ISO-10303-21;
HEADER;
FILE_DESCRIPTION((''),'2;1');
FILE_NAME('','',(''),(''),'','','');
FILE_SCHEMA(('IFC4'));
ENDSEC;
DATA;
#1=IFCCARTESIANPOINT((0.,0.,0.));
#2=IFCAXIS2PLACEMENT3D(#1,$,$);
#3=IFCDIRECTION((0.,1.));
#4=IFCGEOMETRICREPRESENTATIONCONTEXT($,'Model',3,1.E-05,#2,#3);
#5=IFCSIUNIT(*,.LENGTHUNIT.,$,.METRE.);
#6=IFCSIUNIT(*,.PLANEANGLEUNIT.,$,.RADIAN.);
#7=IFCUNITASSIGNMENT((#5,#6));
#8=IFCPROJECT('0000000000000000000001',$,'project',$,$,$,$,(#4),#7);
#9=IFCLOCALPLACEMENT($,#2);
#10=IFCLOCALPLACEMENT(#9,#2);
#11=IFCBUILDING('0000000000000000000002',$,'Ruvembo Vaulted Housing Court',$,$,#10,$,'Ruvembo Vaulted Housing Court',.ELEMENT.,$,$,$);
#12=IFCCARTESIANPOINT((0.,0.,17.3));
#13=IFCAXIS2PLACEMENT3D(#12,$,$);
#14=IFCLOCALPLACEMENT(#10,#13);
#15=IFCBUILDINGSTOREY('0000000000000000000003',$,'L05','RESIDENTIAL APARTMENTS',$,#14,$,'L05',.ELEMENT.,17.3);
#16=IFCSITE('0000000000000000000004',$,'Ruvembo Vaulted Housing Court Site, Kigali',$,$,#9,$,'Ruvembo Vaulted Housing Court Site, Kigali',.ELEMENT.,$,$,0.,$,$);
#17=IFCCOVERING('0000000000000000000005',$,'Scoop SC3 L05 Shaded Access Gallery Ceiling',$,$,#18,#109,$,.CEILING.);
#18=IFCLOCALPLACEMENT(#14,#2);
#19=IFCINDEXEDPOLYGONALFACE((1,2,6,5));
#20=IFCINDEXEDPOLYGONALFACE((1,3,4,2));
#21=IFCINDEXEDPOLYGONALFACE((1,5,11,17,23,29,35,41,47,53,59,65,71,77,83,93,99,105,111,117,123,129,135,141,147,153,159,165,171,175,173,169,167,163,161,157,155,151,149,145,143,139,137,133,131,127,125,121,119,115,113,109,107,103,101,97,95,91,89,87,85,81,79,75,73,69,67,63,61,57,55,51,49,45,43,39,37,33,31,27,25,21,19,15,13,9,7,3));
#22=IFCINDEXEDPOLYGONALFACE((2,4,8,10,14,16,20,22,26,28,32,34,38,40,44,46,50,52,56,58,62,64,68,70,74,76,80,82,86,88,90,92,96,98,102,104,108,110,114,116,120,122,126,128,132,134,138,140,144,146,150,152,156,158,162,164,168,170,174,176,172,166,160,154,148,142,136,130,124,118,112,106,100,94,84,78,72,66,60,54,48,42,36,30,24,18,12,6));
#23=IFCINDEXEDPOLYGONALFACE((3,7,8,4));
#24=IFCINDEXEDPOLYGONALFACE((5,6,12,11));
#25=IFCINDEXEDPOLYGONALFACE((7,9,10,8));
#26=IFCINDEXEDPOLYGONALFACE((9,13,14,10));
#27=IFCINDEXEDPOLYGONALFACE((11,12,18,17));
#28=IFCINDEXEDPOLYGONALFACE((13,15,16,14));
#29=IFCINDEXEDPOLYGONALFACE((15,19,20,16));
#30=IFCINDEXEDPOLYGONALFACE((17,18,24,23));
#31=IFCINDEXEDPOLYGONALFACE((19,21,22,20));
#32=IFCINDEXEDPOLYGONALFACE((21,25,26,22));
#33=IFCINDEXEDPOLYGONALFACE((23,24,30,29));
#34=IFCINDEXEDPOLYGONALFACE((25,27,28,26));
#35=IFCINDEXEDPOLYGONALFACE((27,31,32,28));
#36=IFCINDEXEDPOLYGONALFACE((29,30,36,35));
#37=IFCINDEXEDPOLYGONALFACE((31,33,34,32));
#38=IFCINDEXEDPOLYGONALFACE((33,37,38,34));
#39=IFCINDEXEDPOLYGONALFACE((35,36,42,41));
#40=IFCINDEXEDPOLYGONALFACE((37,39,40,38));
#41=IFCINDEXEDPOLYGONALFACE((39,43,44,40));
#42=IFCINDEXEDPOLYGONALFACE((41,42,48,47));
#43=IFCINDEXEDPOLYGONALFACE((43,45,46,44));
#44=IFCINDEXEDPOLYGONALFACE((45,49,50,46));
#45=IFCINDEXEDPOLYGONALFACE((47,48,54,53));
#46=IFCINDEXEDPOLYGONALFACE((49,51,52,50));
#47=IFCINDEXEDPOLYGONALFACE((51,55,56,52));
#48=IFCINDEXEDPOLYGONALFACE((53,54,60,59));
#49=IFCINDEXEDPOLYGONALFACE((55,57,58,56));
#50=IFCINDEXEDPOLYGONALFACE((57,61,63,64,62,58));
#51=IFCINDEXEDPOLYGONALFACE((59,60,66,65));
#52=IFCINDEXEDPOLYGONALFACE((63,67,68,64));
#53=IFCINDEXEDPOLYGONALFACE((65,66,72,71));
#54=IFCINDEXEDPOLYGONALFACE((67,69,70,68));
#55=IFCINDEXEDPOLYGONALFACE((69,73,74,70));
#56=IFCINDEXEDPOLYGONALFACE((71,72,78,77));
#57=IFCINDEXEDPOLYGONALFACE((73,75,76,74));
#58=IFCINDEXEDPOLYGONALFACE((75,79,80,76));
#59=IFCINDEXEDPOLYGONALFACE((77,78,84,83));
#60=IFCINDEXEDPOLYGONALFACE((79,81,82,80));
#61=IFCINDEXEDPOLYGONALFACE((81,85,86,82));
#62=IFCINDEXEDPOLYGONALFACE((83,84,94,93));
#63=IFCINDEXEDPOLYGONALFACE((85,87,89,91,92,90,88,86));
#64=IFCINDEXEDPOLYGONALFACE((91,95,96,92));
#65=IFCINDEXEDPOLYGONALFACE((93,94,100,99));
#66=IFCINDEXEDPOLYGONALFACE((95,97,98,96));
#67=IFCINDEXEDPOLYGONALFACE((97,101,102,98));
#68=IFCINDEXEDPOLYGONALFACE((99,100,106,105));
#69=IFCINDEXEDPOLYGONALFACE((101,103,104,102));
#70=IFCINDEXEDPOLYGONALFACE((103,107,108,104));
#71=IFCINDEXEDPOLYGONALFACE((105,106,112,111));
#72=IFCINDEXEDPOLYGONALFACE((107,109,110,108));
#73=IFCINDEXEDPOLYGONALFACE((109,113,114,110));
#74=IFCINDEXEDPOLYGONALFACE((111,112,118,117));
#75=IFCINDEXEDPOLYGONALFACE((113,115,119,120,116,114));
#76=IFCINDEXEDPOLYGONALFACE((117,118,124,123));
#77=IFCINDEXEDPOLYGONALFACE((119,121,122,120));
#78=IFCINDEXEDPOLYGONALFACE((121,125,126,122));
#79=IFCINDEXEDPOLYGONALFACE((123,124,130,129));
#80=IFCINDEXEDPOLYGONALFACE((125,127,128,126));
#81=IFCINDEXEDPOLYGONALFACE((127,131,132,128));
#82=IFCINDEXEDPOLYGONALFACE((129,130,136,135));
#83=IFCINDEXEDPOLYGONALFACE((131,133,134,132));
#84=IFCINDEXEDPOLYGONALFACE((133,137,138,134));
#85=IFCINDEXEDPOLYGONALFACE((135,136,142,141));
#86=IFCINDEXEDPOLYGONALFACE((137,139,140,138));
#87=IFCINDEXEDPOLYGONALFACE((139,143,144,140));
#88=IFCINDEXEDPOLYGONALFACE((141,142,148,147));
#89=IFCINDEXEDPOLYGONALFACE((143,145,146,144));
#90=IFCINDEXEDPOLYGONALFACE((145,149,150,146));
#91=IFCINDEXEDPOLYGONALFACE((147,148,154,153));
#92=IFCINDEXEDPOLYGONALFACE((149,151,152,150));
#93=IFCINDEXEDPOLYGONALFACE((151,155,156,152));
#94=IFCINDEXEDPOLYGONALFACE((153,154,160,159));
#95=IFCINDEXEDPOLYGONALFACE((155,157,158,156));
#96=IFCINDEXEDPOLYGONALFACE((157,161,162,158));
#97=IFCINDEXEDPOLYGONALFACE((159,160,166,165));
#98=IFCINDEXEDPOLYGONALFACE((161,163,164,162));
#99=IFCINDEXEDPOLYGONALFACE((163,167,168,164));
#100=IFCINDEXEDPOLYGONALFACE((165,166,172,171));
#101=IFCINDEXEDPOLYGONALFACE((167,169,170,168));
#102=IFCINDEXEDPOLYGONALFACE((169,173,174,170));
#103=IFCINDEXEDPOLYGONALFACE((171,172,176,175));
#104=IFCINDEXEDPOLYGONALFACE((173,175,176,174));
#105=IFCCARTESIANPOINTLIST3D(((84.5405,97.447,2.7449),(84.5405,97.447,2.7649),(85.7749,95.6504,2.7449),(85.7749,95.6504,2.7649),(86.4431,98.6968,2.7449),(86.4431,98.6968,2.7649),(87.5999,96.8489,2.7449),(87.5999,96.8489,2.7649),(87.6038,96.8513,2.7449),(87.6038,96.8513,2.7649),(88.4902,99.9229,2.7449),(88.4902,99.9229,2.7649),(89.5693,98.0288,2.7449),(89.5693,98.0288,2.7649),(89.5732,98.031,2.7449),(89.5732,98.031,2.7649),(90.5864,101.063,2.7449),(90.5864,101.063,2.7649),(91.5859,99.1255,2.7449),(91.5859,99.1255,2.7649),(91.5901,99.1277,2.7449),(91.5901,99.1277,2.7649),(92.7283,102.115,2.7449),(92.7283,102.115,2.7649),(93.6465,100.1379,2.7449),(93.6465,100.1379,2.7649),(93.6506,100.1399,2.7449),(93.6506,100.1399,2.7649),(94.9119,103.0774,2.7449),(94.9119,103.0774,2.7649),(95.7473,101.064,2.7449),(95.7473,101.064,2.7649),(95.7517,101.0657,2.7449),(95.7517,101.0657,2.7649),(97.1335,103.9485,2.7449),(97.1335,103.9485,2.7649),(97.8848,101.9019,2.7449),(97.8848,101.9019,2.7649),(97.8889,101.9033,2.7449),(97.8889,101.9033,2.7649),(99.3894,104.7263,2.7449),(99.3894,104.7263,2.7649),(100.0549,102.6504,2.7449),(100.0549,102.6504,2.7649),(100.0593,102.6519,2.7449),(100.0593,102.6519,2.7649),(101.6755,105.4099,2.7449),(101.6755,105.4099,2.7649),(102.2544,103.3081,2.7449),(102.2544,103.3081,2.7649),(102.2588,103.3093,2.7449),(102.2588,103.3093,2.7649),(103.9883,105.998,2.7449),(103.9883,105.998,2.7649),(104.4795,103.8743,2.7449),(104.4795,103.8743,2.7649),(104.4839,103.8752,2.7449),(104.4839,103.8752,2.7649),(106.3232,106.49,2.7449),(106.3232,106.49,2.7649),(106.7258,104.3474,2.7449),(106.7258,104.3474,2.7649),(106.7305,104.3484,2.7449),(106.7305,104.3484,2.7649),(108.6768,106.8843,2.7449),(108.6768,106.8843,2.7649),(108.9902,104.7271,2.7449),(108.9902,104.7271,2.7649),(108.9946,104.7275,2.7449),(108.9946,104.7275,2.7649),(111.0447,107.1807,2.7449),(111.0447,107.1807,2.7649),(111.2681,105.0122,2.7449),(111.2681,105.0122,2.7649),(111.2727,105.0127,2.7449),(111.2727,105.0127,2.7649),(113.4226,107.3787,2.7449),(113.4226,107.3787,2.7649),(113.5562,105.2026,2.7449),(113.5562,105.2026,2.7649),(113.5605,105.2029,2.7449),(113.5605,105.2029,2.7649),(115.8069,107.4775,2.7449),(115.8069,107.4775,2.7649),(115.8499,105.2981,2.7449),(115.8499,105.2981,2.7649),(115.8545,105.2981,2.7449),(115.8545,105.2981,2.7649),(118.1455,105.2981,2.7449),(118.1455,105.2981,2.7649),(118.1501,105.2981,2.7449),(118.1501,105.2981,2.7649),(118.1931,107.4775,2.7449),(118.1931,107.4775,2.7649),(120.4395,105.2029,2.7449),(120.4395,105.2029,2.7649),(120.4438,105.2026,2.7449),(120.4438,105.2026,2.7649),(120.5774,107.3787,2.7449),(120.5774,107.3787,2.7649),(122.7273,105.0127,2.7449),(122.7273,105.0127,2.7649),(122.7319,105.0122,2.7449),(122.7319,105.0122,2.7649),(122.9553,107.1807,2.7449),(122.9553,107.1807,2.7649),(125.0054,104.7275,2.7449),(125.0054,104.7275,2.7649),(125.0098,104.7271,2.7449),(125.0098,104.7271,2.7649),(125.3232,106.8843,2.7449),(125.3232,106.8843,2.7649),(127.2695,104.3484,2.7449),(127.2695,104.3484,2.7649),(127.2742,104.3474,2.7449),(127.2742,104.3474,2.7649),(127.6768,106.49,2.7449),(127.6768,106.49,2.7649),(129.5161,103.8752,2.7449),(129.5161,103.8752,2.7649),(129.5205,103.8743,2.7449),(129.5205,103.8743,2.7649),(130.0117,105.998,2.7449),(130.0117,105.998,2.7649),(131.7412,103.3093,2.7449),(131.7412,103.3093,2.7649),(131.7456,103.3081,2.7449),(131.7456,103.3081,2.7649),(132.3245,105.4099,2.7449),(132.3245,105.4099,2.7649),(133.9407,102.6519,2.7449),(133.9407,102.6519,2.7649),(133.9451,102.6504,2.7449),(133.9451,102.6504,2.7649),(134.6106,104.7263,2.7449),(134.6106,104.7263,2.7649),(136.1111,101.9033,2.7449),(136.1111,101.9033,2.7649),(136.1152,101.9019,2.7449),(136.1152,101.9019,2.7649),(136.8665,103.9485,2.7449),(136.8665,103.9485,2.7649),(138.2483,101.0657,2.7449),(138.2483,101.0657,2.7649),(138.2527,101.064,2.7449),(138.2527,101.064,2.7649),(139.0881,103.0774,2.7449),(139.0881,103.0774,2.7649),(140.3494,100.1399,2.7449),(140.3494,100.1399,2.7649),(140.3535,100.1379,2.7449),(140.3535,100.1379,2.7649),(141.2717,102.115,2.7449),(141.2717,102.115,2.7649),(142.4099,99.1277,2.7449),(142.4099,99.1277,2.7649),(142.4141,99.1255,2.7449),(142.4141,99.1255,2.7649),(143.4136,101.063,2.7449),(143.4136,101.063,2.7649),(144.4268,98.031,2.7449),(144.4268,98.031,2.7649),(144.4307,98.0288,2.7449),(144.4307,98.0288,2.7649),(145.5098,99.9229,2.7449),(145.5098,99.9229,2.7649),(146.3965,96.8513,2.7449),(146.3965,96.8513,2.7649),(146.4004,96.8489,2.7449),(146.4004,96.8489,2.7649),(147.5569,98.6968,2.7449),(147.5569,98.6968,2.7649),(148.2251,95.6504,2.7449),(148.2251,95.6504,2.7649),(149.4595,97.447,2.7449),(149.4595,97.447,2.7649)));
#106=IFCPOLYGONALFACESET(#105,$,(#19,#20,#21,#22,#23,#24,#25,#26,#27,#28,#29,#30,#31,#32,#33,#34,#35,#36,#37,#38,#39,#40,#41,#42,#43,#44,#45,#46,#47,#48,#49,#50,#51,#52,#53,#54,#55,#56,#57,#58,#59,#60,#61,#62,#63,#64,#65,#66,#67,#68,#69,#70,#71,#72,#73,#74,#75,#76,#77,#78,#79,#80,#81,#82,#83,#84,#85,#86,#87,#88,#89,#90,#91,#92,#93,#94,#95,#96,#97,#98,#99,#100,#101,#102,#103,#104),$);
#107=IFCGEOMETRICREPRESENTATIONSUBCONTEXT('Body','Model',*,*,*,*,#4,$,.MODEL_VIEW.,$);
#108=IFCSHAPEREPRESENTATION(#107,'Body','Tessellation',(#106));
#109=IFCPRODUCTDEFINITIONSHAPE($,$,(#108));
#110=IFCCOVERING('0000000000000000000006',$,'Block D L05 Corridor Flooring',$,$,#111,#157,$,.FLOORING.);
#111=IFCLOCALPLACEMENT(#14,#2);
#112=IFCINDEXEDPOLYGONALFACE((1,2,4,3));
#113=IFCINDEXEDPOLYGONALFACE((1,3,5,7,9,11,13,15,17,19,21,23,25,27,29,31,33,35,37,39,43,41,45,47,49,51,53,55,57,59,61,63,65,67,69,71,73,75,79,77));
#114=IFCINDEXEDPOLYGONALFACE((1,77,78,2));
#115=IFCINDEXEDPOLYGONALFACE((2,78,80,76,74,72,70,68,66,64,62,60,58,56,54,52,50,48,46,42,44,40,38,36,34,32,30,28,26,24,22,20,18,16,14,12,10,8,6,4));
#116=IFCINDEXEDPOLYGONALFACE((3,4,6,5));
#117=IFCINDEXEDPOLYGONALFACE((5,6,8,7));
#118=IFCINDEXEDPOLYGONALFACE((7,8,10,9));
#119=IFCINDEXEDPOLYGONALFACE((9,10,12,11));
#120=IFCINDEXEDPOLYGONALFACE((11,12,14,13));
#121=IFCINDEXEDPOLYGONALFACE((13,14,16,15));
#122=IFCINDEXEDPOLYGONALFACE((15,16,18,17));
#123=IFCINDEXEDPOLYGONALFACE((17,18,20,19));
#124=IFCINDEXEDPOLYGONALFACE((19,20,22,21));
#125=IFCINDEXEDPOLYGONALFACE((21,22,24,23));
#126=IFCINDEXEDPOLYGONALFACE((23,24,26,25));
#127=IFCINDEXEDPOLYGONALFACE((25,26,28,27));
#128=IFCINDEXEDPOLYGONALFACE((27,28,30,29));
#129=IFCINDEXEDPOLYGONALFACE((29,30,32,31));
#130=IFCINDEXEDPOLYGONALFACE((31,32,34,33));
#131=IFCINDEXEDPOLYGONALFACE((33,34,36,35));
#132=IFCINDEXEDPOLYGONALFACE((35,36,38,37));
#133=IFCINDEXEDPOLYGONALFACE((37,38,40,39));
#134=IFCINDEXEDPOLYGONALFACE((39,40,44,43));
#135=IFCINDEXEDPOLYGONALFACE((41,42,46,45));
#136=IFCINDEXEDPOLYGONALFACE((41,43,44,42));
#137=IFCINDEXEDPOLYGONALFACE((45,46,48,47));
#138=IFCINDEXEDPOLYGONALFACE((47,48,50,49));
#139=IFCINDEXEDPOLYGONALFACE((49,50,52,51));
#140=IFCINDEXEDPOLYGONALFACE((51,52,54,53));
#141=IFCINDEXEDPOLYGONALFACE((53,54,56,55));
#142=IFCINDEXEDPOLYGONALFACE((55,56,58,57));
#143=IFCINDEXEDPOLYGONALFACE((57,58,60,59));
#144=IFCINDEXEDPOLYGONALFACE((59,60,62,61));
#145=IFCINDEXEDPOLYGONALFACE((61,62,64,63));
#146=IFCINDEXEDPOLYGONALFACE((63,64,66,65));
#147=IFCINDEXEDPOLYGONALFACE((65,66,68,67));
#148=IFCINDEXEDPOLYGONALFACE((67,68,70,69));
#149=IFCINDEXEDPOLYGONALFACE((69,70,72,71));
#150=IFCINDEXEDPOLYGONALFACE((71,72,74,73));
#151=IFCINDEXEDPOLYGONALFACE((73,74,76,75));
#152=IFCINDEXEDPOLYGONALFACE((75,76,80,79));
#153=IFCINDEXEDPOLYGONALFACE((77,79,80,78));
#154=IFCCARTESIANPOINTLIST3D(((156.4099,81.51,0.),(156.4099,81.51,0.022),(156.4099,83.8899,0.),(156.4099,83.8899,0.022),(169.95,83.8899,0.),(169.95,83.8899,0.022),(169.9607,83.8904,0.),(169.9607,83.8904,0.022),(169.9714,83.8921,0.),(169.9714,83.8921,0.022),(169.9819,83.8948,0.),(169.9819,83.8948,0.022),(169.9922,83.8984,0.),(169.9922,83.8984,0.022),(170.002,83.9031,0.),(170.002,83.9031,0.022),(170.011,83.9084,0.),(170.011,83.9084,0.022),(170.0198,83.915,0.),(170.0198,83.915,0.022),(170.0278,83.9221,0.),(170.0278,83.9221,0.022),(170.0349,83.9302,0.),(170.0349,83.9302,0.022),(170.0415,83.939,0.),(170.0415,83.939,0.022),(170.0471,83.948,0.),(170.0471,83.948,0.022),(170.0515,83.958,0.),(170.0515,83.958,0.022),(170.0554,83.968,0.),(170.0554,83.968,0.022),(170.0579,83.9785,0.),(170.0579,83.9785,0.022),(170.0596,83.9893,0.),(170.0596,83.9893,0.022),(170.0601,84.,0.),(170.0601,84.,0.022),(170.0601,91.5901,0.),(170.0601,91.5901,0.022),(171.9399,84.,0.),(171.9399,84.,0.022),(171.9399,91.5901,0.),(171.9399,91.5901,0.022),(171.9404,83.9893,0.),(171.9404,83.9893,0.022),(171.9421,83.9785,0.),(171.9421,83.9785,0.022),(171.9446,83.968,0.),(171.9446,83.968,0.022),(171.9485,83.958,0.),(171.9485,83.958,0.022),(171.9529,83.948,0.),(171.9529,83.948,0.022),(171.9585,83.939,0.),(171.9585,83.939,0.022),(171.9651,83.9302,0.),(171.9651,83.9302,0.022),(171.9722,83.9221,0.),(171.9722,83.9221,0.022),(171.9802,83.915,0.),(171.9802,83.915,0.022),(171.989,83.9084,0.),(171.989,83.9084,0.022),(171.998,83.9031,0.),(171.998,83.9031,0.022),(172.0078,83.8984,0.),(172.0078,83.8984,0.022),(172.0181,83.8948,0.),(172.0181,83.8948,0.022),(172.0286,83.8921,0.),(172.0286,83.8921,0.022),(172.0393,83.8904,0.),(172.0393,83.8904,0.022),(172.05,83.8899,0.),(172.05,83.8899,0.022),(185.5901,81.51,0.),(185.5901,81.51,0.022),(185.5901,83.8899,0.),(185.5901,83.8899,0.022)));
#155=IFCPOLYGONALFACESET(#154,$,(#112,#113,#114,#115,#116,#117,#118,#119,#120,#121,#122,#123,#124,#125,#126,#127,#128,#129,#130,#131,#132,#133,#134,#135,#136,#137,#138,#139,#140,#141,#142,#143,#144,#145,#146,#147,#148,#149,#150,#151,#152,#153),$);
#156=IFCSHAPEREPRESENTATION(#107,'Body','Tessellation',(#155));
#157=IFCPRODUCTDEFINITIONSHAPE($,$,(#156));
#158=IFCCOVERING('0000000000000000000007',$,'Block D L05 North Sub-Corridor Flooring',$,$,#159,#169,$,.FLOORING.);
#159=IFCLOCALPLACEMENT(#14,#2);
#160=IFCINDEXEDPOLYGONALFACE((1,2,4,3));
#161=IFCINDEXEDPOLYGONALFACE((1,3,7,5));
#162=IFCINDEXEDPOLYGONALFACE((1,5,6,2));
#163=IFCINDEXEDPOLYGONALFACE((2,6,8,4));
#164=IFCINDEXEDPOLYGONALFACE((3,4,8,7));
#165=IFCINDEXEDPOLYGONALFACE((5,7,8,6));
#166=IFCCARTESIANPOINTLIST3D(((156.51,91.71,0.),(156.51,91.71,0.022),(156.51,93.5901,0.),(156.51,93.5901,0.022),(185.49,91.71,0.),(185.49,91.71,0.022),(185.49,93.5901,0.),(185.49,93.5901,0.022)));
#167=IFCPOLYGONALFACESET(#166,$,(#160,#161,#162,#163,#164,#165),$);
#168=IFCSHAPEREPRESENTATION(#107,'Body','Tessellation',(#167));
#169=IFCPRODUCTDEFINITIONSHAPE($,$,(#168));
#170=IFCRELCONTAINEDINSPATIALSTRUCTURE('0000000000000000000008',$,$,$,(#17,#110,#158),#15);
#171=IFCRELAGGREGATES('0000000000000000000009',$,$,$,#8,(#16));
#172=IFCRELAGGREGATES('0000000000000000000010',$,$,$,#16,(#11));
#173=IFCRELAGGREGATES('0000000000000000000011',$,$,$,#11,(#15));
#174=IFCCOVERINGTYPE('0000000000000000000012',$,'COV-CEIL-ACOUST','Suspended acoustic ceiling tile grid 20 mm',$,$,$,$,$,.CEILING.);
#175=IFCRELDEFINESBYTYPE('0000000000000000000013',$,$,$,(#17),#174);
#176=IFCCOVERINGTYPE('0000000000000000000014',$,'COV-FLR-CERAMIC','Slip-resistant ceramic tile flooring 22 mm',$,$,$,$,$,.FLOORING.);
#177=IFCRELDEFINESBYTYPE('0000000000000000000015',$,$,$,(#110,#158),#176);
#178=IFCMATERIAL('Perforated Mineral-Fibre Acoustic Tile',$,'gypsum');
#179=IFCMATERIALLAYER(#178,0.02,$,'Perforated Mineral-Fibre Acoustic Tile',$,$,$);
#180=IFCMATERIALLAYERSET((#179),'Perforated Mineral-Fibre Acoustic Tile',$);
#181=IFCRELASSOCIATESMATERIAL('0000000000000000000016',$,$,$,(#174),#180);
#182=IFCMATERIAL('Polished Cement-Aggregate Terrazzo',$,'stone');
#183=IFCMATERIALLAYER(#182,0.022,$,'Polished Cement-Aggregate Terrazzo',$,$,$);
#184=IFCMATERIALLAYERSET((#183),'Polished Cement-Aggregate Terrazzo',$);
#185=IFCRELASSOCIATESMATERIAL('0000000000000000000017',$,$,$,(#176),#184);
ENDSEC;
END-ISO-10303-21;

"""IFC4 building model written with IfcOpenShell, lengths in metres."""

from ifc_helpers import new_model, si_unit, direction, frame, origin, place, context, subcontext, project, spatial, polyline, outline, extrude, material, layer, layer_set, type_object, element, save


model = new_model("IFC4")

# Units and contexts
model_context = context("Model", 3, precision=1e-05, world=origin(), true_north=direction((0.0, 1.0)))
body_context = subcontext(model_context, "Body", "Model", "MODEL_VIEW")
ifc_project = project(units=[si_unit("LENGTHUNIT", "METRE"), si_unit("PLANEANGLEUNIT", "RADIAN")], contexts=[model_context])

# Site, building, storey
site_placement = place(None, origin())
site = spatial("IfcSite", under=ifc_project, at=site_placement, Name="Ruvembo Vaulted Housing Court Site, Kigali", LongName="Ruvembo Vaulted Housing Court Site, Kigali", CompositionType="ELEMENT", RefElevation=0.0)
building_placement = place(site_placement, origin())
building = spatial("IfcBuilding", under=site, at=building_placement, Name="Ruvembo Vaulted Housing Court", LongName="Ruvembo Vaulted Housing Court", CompositionType="ELEMENT")
storey_placement = place(building_placement, frame((0.0, 0.0, 17.3)))
storey = spatial("IfcBuildingStorey", under=building, at=storey_placement, Name="L05", Description="RESIDENTIAL APARTMENTS", LongName="L05", CompositionType="ELEMENT", Elevation=17.3)

# Coverings
ifc_material_1 = material(Name="Perforated Mineral-Fibre Acoustic Tile", Category="gypsum")
ifc_layer_1 = layer(ifc_material_1, 0.02, Name="Perforated Mineral-Fibre Acoustic Tile")
ifc_layer_set_1 = layer_set([ifc_layer_1], Name="Perforated Mineral-Fibre Acoustic Tile")
covering_type_1 = type_object("IfcCoveringType", Name="COV-CEIL-ACOUST", Description="Suspended acoustic ceiling tile grid 20 mm", PredefinedType="CEILING", material=ifc_layer_set_1)
covering_1_placement = place(storey_placement, frame((0.0, 0.0, 2.7449)))
element("IfcCovering", 1, at=covering_1_placement, inside=storey, type_object=covering_type_1, Name="Scoop SC3 L05 Shaded Access Gallery Ceiling", PredefinedType="CEILING", context=body_context, shape_type="SweptSolid", body=[
    extrude(outline(polyline([(87.5999, 96.8489), (87.6038, 96.8513), (89.5693, 98.0288), (89.5732, 98.031), (91.5859, 99.1255), (91.5901, 99.1277), (93.6465, 100.1379), (93.6506, 100.1399), (95.7473, 101.064), (95.7517, 101.0657), (97.8848, 101.9019), (97.8889, 101.9033), (100.0549, 102.6504), (100.0593, 102.6519), (102.2544, 103.3081), (102.2588, 103.3093), (104.4795, 103.8743), (104.4839, 103.8752), (106.7258, 104.3474), (106.7305, 104.3484), (108.9902, 104.7271), (108.9946, 104.7275), (111.2681, 105.0122), (111.2727, 105.0127), (113.5562, 105.2026), (113.5605, 105.2029), (115.8499, 105.2981), (115.8545, 105.2981), (118.1455, 105.2981), (118.1501, 105.2981), (120.4395, 105.2029), (120.4438, 105.2026), (122.7273, 105.0127), (122.7319, 105.0122), (125.0054, 104.7275), (125.0098, 104.7271), (127.2695, 104.3484), (127.2742, 104.3474), (129.5161, 103.8752), (129.5205, 103.8743), (131.7412, 103.3093), (131.7456, 103.3081), (133.9407, 102.6519), (133.9451, 102.6504), (136.1111, 101.9033), (136.1152, 101.9019), (138.2483, 101.0657), (138.2527, 101.064), (140.3494, 100.1399), (140.3535, 100.1379), (142.4099, 99.1277), (142.4141, 99.1255), (144.4268, 98.031), (144.4307, 98.0288), (146.3965, 96.8513), (146.4004, 96.8489), (148.2251, 95.6504), (149.4595, 97.447), (147.5569, 98.6968), (145.5098, 99.9229), (143.4136, 101.063), (141.2717, 102.115), (139.0881, 103.0774), (136.8665, 103.9485), (134.6106, 104.7263), (132.3245, 105.4099), (130.0117, 105.998), (127.6768, 106.49), (125.3232, 106.8843), (122.9553, 107.1807), (120.5774, 107.3787), (118.1931, 107.4775), (115.8069, 107.4775), (113.4226, 107.3787), (111.0447, 107.1807), (108.6768, 106.8843), (106.3232, 106.49), (103.9883, 105.998), (101.6755, 105.4099), (99.3894, 104.7263), (97.1335, 103.9485), (94.9119, 103.0774), (92.7283, 102.115), (90.5864, 101.063), (88.4902, 99.9229), (86.4431, 98.6968), (84.5405, 97.447), (85.7749, 95.6504), (87.5999, 96.8489)])), origin(), (0.0, 0.0, 1.0), 0.02),
])
ifc_material_2 = material(Name="Polished Cement-Aggregate Terrazzo", Category="stone")
ifc_layer_2 = layer(ifc_material_2, 0.022, Name="Polished Cement-Aggregate Terrazzo")
ifc_layer_set_2 = layer_set([ifc_layer_2], Name="Polished Cement-Aggregate Terrazzo")
covering_type_2 = type_object("IfcCoveringType", Name="COV-FLR-CERAMIC", Description="Slip-resistant ceramic tile flooring 22 mm", PredefinedType="FLOORING", material=ifc_layer_set_2)
covering_2_placement = place(storey_placement, origin())
element("IfcCovering", 2, at=covering_2_placement, inside=storey, type_object=covering_type_2, Name="Block D L05 Corridor Flooring", PredefinedType="FLOORING", context=body_context, shape_type="SweptSolid", body=[
    extrude(outline(polyline([(185.5901, 81.51), (185.5901, 83.8899), (172.05, 83.8899), (172.0393, 83.8904), (172.0286, 83.8921), (172.0181, 83.8948), (172.0078, 83.8984), (171.998, 83.9031), (171.989, 83.9084), (171.9802, 83.915), (171.9722, 83.9221), (171.9651, 83.9302), (171.9585, 83.939), (171.9529, 83.948), (171.9485, 83.958), (171.9446, 83.968), (171.9421, 83.9785), (171.9404, 83.9893), (171.9399, 84.0), (171.9399, 91.5901), (170.0601, 91.5901), (170.0601, 84.0), (170.0596, 83.9893), (170.0579, 83.9785), (170.0554, 83.968), (170.0515, 83.958), (170.0471, 83.948), (170.0415, 83.939), (170.0349, 83.9302), (170.0278, 83.9221), (170.0198, 83.915), (170.011, 83.9084), (170.002, 83.9031), (169.9922, 83.8984), (169.9819, 83.8948), (169.9714, 83.8921), (169.9607, 83.8904), (169.95, 83.8899), (156.4099, 83.8899), (156.4099, 81.51), (185.5901, 81.51)])), origin(), (0.0, 0.0, 1.0), 0.022),
])
covering_3_placement = place(storey_placement, origin())
element("IfcCovering", 3, at=covering_3_placement, inside=storey, type_object=covering_type_2, Name="Block D L05 North Sub-Corridor Flooring", PredefinedType="FLOORING", context=body_context, shape_type="SweptSolid", body=[
    extrude(outline(polyline([(156.51, 91.71), (185.49, 91.71), (185.49, 93.5901), (156.51, 93.5901), (156.51, 91.71)])), origin(), (0.0, 0.0, 1.0), 0.022),
])

save(model, "model.ifc")
